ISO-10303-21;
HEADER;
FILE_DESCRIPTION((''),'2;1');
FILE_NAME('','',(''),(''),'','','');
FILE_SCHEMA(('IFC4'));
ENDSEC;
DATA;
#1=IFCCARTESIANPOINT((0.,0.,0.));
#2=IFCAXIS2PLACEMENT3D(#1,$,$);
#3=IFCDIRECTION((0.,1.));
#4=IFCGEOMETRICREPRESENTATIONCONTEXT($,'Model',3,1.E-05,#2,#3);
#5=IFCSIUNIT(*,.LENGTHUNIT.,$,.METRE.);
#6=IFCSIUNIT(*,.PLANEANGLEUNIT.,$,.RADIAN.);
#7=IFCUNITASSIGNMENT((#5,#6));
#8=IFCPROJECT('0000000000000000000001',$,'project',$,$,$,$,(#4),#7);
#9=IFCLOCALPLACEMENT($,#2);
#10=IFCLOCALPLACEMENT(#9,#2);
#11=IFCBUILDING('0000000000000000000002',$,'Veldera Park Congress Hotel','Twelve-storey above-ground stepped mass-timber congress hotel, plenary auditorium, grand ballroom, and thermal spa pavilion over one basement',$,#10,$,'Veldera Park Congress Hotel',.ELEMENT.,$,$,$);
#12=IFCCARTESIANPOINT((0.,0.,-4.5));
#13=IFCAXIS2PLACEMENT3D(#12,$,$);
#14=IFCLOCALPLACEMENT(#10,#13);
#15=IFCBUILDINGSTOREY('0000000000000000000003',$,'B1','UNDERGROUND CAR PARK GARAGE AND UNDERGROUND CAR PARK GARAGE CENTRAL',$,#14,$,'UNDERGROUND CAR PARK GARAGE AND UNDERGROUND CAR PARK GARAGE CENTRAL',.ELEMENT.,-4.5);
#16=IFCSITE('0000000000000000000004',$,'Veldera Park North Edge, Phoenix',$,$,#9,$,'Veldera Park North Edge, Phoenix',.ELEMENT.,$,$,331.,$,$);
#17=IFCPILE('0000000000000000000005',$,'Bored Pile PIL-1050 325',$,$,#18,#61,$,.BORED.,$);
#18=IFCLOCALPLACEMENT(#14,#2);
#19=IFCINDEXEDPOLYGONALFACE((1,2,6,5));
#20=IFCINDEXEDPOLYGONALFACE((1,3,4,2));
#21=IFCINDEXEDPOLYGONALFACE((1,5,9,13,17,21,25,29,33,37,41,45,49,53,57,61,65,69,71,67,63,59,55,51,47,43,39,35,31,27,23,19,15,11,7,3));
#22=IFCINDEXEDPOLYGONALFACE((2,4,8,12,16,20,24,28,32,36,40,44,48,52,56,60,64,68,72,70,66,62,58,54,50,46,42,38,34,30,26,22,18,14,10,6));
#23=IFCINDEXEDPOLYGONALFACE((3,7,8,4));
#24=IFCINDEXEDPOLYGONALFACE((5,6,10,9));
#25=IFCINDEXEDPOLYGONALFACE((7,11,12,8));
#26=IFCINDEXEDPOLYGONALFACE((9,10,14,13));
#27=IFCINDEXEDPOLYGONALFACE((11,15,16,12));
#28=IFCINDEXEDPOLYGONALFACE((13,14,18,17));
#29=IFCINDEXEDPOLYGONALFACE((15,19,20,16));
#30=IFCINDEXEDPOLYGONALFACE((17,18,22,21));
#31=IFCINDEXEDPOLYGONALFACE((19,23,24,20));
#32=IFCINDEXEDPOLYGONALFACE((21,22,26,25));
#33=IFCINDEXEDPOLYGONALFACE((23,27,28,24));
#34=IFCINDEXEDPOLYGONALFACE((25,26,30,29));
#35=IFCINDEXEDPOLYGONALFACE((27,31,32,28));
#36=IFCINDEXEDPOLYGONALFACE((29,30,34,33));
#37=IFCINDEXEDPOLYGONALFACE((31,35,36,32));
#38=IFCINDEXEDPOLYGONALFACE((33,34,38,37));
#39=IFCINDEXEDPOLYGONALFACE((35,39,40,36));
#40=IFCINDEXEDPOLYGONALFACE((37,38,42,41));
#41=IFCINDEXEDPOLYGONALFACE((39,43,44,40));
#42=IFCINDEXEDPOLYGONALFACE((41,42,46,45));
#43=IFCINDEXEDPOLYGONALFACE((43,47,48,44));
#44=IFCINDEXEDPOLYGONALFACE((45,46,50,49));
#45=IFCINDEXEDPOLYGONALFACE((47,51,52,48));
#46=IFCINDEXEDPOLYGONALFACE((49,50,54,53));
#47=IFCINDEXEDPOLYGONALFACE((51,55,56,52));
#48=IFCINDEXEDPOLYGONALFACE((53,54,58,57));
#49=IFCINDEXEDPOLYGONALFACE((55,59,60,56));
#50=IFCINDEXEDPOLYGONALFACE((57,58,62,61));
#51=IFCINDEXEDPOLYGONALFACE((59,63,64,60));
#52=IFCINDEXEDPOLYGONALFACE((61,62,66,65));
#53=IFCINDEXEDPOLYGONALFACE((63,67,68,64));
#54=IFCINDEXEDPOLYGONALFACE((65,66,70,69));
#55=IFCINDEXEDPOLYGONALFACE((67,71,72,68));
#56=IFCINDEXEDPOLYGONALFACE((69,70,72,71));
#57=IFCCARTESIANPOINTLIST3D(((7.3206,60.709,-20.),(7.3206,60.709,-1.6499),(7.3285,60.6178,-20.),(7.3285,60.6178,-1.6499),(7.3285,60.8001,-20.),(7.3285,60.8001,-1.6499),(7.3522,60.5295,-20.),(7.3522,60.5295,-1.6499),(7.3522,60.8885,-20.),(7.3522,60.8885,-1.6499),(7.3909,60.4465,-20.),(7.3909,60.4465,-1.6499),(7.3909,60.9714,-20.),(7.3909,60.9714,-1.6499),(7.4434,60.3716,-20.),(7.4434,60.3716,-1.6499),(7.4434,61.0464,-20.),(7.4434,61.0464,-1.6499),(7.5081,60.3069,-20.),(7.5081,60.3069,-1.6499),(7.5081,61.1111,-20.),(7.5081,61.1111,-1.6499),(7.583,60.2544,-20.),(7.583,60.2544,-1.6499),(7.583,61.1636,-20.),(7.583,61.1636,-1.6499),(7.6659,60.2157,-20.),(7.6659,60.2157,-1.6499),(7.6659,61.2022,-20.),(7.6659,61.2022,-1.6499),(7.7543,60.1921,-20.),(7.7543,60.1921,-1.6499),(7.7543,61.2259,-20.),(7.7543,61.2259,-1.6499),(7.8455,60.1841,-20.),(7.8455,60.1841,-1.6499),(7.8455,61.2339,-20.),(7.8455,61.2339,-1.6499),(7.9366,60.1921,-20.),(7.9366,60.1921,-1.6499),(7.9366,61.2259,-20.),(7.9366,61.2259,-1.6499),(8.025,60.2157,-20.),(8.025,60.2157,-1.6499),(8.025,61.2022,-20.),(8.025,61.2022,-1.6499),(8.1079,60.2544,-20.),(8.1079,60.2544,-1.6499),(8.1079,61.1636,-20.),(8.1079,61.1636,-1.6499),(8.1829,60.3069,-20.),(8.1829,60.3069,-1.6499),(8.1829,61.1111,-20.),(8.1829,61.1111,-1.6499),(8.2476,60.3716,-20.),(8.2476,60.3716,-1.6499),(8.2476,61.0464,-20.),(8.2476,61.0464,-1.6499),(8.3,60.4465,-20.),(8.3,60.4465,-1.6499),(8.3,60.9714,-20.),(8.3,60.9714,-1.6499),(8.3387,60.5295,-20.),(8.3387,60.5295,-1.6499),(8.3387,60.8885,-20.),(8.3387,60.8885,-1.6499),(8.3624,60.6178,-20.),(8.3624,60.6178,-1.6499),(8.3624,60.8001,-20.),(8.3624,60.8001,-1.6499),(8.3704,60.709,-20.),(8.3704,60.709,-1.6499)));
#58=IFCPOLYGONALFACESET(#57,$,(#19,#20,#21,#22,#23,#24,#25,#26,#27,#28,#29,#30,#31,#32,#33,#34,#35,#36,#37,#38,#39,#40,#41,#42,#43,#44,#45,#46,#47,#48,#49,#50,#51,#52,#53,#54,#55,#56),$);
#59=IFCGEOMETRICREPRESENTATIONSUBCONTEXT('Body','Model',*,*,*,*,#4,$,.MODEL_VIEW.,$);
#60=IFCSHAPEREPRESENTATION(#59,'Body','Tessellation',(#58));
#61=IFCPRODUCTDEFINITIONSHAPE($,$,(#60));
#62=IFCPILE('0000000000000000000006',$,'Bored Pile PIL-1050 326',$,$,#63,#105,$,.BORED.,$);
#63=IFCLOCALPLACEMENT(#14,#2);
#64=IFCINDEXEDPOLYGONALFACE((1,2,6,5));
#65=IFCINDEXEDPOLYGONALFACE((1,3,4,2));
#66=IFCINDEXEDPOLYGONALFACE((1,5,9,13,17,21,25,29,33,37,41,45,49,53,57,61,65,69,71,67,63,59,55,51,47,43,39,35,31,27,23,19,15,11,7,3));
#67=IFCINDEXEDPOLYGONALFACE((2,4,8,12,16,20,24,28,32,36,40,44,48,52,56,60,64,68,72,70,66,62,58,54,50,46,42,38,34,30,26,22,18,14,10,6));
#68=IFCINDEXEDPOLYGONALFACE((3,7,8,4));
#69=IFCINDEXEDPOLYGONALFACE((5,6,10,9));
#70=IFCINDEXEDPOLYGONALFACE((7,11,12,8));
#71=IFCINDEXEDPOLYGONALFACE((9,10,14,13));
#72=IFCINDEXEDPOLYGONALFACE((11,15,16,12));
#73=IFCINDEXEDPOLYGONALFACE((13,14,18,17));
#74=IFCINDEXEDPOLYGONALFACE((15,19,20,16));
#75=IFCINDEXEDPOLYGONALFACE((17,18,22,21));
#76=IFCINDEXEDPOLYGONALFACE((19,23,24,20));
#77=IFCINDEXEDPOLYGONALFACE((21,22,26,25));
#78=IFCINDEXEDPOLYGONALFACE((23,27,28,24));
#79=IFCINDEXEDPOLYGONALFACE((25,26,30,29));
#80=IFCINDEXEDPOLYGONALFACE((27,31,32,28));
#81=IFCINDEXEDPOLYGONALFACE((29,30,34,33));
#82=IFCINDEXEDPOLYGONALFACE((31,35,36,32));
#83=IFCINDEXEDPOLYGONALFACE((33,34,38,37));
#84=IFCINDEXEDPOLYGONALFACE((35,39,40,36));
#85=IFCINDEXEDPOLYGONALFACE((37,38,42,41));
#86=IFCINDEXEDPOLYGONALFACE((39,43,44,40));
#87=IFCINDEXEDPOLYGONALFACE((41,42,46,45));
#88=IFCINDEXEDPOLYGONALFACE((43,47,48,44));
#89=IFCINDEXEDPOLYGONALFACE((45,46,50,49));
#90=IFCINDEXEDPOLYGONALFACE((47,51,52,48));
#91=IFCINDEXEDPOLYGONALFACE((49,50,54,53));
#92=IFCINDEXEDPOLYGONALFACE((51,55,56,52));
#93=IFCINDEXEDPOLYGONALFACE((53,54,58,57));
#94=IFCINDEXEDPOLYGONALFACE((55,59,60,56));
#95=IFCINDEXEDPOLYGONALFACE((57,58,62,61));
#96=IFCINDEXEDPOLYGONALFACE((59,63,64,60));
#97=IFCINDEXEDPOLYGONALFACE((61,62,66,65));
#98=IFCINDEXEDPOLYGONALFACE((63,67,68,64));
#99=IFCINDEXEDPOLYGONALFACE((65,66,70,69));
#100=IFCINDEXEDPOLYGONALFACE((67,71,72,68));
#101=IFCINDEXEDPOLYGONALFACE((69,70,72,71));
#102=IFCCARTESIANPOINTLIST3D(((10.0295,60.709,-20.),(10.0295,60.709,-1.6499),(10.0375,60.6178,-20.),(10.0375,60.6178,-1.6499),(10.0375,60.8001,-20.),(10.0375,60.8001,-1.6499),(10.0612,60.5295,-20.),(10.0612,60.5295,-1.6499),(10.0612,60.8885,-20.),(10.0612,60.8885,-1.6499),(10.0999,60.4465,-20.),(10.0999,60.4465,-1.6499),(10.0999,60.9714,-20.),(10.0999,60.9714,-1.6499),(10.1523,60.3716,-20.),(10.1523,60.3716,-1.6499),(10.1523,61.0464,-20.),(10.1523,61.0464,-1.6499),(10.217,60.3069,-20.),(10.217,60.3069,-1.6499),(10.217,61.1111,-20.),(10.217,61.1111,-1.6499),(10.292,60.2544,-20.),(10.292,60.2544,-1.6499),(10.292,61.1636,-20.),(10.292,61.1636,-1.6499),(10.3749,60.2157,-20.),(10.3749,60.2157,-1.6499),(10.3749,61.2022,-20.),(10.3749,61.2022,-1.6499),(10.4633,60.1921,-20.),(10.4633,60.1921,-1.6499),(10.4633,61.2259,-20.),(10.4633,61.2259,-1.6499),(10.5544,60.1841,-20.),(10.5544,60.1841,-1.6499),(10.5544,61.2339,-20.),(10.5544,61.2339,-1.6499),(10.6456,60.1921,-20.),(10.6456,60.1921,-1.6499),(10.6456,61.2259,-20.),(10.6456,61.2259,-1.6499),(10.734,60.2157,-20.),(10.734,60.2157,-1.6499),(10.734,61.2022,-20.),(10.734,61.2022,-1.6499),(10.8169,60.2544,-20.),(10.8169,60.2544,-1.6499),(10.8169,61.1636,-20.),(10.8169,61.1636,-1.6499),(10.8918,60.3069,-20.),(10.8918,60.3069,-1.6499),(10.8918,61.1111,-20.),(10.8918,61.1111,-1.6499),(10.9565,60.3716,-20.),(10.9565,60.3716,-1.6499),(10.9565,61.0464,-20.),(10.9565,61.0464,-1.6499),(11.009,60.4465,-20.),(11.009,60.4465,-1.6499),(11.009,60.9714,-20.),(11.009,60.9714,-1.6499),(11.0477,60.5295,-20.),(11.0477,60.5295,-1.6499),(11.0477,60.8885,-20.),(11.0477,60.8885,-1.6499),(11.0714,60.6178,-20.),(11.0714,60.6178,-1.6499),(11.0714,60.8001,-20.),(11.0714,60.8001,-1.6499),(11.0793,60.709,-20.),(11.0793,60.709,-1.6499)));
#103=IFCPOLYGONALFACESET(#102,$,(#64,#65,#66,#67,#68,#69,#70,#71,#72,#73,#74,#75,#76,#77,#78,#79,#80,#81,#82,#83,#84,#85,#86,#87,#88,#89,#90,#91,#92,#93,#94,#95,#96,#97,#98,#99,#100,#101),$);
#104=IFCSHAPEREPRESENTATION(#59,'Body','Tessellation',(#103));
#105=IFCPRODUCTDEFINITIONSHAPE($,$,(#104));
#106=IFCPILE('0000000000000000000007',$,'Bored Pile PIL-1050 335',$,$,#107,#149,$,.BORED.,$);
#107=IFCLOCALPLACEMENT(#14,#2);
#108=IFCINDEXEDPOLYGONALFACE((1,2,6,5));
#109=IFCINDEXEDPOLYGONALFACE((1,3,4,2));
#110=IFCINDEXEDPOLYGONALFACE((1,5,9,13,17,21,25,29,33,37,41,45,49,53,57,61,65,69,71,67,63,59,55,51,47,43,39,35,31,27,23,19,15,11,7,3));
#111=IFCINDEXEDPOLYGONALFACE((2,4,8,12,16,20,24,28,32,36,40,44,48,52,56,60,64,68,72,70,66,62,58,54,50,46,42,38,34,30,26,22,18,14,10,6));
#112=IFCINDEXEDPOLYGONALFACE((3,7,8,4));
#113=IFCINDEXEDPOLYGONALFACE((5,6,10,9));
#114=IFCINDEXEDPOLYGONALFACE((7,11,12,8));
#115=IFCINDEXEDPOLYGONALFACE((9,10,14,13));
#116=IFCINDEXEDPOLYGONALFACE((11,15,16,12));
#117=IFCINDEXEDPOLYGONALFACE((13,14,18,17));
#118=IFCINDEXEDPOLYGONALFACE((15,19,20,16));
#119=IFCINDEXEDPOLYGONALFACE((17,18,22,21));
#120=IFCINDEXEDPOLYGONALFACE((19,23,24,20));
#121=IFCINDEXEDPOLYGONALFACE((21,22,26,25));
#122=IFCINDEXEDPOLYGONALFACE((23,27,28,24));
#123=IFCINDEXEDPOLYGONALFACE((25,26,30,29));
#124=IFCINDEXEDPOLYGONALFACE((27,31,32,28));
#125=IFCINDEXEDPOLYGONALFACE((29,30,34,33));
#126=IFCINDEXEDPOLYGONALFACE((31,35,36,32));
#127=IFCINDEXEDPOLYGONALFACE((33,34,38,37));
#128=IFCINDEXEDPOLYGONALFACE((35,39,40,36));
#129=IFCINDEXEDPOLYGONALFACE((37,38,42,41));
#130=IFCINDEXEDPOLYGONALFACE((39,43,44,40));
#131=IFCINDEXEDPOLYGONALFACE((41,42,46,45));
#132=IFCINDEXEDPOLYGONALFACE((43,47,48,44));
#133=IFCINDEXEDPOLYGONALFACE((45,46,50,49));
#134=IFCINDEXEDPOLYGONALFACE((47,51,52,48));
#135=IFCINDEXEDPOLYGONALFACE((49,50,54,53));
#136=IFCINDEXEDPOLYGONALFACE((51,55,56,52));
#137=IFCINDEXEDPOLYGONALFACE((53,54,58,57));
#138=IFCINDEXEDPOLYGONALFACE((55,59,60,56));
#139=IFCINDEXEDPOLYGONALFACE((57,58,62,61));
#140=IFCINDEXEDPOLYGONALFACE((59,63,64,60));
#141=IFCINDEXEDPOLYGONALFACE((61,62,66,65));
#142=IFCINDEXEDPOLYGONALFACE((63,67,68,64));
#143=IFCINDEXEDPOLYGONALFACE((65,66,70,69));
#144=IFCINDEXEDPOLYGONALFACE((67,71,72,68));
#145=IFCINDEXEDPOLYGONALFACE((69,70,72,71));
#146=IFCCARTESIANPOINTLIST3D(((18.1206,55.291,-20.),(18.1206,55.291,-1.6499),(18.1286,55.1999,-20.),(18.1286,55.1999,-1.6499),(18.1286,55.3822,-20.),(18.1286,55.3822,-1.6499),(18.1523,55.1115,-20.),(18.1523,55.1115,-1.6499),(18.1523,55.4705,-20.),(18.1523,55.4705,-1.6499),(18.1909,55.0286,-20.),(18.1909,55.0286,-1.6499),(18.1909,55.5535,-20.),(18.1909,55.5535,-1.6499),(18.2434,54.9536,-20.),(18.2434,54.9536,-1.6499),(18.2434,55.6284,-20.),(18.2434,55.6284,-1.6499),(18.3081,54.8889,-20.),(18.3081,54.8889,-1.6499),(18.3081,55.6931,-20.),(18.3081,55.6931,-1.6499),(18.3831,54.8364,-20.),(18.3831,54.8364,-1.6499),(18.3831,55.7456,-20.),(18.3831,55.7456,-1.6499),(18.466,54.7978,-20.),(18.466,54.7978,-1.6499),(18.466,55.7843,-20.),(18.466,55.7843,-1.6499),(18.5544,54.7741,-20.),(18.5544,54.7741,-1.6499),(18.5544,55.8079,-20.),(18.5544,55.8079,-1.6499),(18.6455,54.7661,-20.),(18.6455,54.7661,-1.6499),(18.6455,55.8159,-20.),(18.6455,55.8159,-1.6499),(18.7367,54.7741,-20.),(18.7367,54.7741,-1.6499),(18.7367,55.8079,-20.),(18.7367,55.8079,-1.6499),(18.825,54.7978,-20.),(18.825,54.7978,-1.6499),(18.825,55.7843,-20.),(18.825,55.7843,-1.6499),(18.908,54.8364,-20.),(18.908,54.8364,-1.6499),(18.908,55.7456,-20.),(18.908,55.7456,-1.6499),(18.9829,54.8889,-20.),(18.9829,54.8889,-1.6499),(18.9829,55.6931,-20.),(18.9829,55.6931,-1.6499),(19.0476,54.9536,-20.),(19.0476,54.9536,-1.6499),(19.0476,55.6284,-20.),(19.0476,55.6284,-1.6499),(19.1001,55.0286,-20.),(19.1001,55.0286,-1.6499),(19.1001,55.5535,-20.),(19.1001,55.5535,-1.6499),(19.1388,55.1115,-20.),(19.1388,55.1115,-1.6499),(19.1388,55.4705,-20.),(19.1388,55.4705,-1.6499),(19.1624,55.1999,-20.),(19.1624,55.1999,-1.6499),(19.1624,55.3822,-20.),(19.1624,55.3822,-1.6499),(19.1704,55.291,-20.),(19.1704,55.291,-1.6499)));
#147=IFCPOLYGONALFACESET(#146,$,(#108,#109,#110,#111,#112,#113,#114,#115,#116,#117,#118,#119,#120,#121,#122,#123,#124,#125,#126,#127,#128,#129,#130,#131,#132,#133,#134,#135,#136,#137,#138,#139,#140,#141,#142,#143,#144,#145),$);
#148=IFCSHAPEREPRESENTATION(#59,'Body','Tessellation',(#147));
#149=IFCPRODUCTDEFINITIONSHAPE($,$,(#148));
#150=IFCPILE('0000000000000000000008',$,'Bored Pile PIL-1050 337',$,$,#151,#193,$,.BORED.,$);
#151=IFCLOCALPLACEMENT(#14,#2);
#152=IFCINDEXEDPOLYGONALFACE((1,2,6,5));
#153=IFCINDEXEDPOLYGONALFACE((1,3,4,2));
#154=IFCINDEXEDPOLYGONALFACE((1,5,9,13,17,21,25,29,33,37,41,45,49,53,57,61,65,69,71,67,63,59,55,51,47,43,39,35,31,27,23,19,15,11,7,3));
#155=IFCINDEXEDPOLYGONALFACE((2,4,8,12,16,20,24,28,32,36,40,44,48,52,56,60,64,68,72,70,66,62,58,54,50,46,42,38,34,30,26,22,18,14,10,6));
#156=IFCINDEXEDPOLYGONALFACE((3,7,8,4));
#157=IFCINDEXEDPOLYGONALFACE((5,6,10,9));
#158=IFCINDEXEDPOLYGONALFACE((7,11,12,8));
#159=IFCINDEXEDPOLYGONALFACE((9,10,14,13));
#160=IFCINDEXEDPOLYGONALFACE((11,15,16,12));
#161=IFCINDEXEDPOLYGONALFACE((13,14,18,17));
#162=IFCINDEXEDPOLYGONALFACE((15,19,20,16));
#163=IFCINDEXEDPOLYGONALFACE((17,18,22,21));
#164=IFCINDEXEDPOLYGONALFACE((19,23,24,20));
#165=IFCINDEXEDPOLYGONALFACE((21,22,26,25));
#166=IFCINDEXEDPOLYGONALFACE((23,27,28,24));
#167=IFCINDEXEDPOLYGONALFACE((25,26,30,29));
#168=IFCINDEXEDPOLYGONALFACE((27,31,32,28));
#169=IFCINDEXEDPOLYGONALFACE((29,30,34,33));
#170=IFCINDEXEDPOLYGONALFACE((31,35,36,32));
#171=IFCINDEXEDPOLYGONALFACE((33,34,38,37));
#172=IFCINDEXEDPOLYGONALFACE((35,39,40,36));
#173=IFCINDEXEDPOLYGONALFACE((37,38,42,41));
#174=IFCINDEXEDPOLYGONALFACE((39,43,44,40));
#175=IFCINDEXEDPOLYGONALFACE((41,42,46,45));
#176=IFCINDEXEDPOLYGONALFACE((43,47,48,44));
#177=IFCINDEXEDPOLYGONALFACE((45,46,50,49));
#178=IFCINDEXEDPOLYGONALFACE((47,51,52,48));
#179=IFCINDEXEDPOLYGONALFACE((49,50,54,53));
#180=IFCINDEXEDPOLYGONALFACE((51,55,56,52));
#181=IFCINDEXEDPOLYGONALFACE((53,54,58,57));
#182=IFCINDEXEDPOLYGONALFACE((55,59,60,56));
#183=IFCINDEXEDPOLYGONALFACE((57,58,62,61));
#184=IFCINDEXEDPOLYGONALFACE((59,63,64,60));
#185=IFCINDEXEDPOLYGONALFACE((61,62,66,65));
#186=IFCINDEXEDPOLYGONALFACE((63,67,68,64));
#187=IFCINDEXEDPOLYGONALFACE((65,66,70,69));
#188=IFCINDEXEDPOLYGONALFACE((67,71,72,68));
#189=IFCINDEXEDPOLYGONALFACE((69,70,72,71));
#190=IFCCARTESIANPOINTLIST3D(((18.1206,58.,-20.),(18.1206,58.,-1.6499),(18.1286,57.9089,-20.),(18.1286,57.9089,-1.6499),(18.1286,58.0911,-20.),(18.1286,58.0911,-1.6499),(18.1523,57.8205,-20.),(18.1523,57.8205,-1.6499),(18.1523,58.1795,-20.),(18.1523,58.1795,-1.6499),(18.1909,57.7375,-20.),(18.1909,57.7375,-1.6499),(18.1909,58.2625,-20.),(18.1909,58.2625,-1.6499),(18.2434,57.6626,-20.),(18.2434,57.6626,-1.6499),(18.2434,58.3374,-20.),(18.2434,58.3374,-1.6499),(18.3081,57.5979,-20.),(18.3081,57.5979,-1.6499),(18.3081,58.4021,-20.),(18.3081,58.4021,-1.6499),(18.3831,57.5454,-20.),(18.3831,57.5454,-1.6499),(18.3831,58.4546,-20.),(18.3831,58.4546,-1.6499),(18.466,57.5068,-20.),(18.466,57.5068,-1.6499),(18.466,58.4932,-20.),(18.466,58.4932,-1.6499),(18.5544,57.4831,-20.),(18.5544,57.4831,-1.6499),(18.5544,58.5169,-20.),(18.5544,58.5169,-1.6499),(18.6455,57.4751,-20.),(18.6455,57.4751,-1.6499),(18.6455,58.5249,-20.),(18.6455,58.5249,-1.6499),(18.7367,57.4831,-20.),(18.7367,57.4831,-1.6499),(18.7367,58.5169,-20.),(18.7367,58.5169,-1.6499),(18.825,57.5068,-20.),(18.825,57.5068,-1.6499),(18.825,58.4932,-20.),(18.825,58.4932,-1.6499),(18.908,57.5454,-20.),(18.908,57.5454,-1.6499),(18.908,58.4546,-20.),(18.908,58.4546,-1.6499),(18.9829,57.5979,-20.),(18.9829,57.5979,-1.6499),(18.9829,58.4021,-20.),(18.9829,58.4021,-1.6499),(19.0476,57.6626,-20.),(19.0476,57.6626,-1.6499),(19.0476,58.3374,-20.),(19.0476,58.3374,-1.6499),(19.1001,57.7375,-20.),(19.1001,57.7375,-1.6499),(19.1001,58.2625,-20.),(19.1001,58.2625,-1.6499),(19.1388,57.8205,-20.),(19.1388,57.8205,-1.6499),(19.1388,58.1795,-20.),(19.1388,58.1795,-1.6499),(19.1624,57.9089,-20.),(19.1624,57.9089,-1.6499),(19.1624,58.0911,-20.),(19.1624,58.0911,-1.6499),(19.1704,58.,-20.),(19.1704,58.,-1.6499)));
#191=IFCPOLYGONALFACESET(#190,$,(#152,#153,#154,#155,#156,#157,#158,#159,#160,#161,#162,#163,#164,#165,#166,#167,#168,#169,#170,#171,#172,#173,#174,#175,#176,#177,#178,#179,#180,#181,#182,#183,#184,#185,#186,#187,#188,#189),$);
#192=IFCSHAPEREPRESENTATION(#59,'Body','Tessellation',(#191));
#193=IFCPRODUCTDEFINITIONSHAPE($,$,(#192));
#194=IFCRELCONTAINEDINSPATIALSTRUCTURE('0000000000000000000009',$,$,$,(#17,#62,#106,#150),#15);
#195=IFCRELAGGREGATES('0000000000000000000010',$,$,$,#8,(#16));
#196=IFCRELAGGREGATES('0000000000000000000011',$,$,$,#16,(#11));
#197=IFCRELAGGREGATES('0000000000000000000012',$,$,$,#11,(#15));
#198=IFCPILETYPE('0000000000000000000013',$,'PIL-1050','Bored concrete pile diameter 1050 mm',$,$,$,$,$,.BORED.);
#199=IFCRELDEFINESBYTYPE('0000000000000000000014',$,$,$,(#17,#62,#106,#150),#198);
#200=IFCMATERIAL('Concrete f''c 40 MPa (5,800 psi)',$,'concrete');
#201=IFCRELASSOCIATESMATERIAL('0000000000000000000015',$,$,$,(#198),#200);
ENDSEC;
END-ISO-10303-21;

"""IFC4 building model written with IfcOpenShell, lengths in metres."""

from ifc_helpers import new_model, si_unit, direction, frame, origin, origin_2d, place, context, subcontext, project, spatial, circle, extrude, material, material_profile, profile_set, type_object, element, save


model = new_model("IFC4")

# Units and contexts
model_context = context("Model", 3, precision=1e-05, world=origin(), true_north=direction((0.0, 1.0)))
body_context = subcontext(model_context, "Body", "Model", "MODEL_VIEW")
ifc_project = project(units=[si_unit("LENGTHUNIT", "METRE"), si_unit("PLANEANGLEUNIT", "RADIAN")], contexts=[model_context])

# Site, building, storey
site_placement = place(None, origin())
site = spatial("IfcSite", under=ifc_project, at=site_placement, Name="Veldera Park North Edge, Phoenix", LongName="Veldera Park North Edge, Phoenix", CompositionType="ELEMENT", RefElevation=331.0)
building_placement = place(site_placement, origin())
building = spatial("IfcBuilding", under=site, at=building_placement, Name="Veldera Park Congress Hotel", Description="Twelve-storey above-ground stepped mass-timber congress hotel, plenary auditorium, grand ballroom, and thermal spa pavilion over one basement", LongName="Veldera Park Congress Hotel", CompositionType="ELEMENT")
storey_placement = place(building_placement, frame((0.0, 0.0, -4.5)))
storey = spatial("IfcBuildingStorey", under=building, at=storey_placement, Name="B1", Description="UNDERGROUND CAR PARK GARAGE AND UNDERGROUND CAR PARK GARAGE CENTRAL", LongName="UNDERGROUND CAR PARK GARAGE AND UNDERGROUND CAR PARK GARAGE CENTRAL", CompositionType="ELEMENT", Elevation=-4.5)

# Shared definitions
ifc_material_1 = material(Name="Concrete f'c 40 MPa (5,800 psi)", Category="concrete")

# Piles
ifc_material_profile_1 = material_profile(ifc_material_1, circle(Radius=0.5249, at=origin_2d()), Name="PILE D1050")
ifc_profile_set_1 = profile_set([ifc_material_profile_1], Name="Concrete f'c 40 MPa (5,800 psi)")
pile_type = type_object("IfcPileType", Name="PIL-1050", Description="Bored concrete pile diameter 1050 mm", PredefinedType="BORED", material=ifc_profile_set_1)
for number, where, z_axis, x_axis, name in (
    (1, (7.8455, 60.709, -1.6499), (0.0, 0.0, -1.0), (1.0, 0.0, 0.0), "Bored Pile PIL-1050 325"),
    (2, (10.5544, 60.709, -1.6499), (0.0, 0.0, -1.0), (1.0, 0.0, 0.0), "Bored Pile PIL-1050 326"),
    (3, (18.6455, 55.291, -1.6499), (0.0, 0.0, -1.0), (1.0, 0.0, 0.0), "Bored Pile PIL-1050 335"),
    (4, (18.6455, 58.0, -1.6499), (0.0, 0.0, -1.0), (1.0, 0.0, 0.0), "Bored Pile PIL-1050 337"),
):
    element("IfcPile", number, at=place(storey_placement, frame(where, z_axis=z_axis, x_axis=x_axis)), inside=storey, type_object=pile_type, Name=name, PredefinedType="BORED", context=body_context, shape_type="SweptSolid", body=[
        extrude(circle(Radius=0.5249, at=origin_2d()), origin(), (0.0, 0.0, 1.0), 18.3501),
    ])

save(model, "model.ifc")
